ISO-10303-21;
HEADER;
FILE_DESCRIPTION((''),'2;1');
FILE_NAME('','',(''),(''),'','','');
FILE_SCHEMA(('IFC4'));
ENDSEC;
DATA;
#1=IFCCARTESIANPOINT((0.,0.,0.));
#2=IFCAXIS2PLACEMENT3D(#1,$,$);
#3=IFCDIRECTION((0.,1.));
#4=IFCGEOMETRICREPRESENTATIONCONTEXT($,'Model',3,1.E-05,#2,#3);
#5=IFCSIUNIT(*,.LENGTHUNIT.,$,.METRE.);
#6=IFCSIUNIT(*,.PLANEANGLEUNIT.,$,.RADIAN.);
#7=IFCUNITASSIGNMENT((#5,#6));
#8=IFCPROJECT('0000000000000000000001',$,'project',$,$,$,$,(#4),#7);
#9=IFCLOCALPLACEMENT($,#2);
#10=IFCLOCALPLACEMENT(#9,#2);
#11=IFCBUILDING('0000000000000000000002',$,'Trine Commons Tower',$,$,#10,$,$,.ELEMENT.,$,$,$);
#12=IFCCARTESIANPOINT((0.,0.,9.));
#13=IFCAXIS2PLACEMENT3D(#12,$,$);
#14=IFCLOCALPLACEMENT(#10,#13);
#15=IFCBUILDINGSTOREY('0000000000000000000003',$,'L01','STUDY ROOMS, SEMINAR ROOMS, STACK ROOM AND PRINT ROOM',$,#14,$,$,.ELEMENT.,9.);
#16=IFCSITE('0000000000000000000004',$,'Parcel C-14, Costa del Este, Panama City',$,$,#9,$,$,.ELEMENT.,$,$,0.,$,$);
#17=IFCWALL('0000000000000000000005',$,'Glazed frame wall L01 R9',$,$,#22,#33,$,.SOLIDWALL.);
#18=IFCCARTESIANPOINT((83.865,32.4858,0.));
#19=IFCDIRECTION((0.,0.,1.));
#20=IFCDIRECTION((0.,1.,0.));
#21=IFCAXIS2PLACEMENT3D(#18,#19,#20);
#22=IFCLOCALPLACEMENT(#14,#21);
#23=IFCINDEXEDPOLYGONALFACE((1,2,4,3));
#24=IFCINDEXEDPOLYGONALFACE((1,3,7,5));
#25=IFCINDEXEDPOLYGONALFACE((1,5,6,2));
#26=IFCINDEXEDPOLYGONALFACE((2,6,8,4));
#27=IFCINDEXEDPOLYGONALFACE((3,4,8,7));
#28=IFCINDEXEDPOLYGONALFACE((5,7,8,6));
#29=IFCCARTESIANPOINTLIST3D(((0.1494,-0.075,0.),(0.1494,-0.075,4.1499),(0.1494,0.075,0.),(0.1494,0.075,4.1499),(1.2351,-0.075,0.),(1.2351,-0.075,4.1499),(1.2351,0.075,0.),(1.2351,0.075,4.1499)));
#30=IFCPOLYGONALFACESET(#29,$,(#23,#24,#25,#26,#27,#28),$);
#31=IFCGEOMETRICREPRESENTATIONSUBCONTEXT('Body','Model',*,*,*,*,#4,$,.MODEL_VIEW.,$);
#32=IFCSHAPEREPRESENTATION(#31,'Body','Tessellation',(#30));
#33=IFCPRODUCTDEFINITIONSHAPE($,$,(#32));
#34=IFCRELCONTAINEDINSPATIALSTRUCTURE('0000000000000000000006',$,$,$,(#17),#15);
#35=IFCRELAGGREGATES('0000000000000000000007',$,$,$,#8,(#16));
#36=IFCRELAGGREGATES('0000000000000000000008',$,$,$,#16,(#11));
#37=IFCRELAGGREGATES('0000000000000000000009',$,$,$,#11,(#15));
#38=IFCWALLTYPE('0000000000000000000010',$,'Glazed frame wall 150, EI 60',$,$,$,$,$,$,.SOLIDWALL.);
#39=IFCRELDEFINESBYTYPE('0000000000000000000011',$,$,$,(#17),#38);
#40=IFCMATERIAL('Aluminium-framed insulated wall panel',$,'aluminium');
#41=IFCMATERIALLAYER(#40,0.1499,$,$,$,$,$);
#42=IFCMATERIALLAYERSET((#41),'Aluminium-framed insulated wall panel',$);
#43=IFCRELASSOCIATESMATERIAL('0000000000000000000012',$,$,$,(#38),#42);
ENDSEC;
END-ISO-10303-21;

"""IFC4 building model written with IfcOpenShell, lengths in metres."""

from ifc_helpers import new_model, si_unit, direction, frame, origin, place, context, subcontext, project, spatial, polyline, outline, extrude, material, layer, layer_set, type_object, element, save


model = new_model("IFC4")

# Units and contexts
model_context = context("Model", 3, precision=1e-05, world=origin(), true_north=direction((0.0, 1.0)))
body_context = subcontext(model_context, "Body", "Model", "MODEL_VIEW")
ifc_project = project(units=[si_unit("LENGTHUNIT", "METRE"), si_unit("PLANEANGLEUNIT", "RADIAN")], contexts=[model_context])

# Site, building, storey
site_placement = place(None, origin())
site = spatial("IfcSite", under=ifc_project, at=site_placement, Name="Parcel C-14, Costa del Este, Panama City", CompositionType="ELEMENT", RefElevation=0.0)
building_placement = place(site_placement, origin())
building = spatial("IfcBuilding", under=site, at=building_placement, Name="Trine Commons Tower", CompositionType="ELEMENT")
storey_placement = place(building_placement, frame((0.0, 0.0, 9.0)))
storey = spatial("IfcBuildingStorey", under=building, at=storey_placement, Name="L01", Description="STUDY ROOMS, SEMINAR ROOMS, STACK ROOM AND PRINT ROOM", CompositionType="ELEMENT", Elevation=9.0)

# Wall
ifc_material_1 = material(Name="Aluminium-framed insulated wall panel", Category="aluminium")
ifc_layer_1 = layer(ifc_material_1, 0.1499)
ifc_layer_set_1 = layer_set([ifc_layer_1], Name="Aluminium-framed insulated wall panel")
wall_type = type_object("IfcWallType", Name="Glazed frame wall 150, EI 60", PredefinedType="SOLIDWALL", material=ifc_layer_set_1)
wall_placement = place(storey_placement, frame((83.865, 32.4858, 0.0), z_axis=(0.0, 0.0, 1.0), x_axis=(0.0, 1.0, 0.0)))
element("IfcWall", 1, at=wall_placement, inside=storey, type_object=wall_type, Name="Glazed frame wall L01 R9", PredefinedType="SOLIDWALL", context=body_context, shape_type="SweptSolid", body=[
    extrude(outline(polyline([(0.1494, 0.075), (0.1494, -0.075), (1.2351, -0.075), (1.2351, 0.075), (0.1494, 0.075)])), origin(), (0.0, 0.0, 1.0), 4.1499),
])

save(model, "model.ifc")
